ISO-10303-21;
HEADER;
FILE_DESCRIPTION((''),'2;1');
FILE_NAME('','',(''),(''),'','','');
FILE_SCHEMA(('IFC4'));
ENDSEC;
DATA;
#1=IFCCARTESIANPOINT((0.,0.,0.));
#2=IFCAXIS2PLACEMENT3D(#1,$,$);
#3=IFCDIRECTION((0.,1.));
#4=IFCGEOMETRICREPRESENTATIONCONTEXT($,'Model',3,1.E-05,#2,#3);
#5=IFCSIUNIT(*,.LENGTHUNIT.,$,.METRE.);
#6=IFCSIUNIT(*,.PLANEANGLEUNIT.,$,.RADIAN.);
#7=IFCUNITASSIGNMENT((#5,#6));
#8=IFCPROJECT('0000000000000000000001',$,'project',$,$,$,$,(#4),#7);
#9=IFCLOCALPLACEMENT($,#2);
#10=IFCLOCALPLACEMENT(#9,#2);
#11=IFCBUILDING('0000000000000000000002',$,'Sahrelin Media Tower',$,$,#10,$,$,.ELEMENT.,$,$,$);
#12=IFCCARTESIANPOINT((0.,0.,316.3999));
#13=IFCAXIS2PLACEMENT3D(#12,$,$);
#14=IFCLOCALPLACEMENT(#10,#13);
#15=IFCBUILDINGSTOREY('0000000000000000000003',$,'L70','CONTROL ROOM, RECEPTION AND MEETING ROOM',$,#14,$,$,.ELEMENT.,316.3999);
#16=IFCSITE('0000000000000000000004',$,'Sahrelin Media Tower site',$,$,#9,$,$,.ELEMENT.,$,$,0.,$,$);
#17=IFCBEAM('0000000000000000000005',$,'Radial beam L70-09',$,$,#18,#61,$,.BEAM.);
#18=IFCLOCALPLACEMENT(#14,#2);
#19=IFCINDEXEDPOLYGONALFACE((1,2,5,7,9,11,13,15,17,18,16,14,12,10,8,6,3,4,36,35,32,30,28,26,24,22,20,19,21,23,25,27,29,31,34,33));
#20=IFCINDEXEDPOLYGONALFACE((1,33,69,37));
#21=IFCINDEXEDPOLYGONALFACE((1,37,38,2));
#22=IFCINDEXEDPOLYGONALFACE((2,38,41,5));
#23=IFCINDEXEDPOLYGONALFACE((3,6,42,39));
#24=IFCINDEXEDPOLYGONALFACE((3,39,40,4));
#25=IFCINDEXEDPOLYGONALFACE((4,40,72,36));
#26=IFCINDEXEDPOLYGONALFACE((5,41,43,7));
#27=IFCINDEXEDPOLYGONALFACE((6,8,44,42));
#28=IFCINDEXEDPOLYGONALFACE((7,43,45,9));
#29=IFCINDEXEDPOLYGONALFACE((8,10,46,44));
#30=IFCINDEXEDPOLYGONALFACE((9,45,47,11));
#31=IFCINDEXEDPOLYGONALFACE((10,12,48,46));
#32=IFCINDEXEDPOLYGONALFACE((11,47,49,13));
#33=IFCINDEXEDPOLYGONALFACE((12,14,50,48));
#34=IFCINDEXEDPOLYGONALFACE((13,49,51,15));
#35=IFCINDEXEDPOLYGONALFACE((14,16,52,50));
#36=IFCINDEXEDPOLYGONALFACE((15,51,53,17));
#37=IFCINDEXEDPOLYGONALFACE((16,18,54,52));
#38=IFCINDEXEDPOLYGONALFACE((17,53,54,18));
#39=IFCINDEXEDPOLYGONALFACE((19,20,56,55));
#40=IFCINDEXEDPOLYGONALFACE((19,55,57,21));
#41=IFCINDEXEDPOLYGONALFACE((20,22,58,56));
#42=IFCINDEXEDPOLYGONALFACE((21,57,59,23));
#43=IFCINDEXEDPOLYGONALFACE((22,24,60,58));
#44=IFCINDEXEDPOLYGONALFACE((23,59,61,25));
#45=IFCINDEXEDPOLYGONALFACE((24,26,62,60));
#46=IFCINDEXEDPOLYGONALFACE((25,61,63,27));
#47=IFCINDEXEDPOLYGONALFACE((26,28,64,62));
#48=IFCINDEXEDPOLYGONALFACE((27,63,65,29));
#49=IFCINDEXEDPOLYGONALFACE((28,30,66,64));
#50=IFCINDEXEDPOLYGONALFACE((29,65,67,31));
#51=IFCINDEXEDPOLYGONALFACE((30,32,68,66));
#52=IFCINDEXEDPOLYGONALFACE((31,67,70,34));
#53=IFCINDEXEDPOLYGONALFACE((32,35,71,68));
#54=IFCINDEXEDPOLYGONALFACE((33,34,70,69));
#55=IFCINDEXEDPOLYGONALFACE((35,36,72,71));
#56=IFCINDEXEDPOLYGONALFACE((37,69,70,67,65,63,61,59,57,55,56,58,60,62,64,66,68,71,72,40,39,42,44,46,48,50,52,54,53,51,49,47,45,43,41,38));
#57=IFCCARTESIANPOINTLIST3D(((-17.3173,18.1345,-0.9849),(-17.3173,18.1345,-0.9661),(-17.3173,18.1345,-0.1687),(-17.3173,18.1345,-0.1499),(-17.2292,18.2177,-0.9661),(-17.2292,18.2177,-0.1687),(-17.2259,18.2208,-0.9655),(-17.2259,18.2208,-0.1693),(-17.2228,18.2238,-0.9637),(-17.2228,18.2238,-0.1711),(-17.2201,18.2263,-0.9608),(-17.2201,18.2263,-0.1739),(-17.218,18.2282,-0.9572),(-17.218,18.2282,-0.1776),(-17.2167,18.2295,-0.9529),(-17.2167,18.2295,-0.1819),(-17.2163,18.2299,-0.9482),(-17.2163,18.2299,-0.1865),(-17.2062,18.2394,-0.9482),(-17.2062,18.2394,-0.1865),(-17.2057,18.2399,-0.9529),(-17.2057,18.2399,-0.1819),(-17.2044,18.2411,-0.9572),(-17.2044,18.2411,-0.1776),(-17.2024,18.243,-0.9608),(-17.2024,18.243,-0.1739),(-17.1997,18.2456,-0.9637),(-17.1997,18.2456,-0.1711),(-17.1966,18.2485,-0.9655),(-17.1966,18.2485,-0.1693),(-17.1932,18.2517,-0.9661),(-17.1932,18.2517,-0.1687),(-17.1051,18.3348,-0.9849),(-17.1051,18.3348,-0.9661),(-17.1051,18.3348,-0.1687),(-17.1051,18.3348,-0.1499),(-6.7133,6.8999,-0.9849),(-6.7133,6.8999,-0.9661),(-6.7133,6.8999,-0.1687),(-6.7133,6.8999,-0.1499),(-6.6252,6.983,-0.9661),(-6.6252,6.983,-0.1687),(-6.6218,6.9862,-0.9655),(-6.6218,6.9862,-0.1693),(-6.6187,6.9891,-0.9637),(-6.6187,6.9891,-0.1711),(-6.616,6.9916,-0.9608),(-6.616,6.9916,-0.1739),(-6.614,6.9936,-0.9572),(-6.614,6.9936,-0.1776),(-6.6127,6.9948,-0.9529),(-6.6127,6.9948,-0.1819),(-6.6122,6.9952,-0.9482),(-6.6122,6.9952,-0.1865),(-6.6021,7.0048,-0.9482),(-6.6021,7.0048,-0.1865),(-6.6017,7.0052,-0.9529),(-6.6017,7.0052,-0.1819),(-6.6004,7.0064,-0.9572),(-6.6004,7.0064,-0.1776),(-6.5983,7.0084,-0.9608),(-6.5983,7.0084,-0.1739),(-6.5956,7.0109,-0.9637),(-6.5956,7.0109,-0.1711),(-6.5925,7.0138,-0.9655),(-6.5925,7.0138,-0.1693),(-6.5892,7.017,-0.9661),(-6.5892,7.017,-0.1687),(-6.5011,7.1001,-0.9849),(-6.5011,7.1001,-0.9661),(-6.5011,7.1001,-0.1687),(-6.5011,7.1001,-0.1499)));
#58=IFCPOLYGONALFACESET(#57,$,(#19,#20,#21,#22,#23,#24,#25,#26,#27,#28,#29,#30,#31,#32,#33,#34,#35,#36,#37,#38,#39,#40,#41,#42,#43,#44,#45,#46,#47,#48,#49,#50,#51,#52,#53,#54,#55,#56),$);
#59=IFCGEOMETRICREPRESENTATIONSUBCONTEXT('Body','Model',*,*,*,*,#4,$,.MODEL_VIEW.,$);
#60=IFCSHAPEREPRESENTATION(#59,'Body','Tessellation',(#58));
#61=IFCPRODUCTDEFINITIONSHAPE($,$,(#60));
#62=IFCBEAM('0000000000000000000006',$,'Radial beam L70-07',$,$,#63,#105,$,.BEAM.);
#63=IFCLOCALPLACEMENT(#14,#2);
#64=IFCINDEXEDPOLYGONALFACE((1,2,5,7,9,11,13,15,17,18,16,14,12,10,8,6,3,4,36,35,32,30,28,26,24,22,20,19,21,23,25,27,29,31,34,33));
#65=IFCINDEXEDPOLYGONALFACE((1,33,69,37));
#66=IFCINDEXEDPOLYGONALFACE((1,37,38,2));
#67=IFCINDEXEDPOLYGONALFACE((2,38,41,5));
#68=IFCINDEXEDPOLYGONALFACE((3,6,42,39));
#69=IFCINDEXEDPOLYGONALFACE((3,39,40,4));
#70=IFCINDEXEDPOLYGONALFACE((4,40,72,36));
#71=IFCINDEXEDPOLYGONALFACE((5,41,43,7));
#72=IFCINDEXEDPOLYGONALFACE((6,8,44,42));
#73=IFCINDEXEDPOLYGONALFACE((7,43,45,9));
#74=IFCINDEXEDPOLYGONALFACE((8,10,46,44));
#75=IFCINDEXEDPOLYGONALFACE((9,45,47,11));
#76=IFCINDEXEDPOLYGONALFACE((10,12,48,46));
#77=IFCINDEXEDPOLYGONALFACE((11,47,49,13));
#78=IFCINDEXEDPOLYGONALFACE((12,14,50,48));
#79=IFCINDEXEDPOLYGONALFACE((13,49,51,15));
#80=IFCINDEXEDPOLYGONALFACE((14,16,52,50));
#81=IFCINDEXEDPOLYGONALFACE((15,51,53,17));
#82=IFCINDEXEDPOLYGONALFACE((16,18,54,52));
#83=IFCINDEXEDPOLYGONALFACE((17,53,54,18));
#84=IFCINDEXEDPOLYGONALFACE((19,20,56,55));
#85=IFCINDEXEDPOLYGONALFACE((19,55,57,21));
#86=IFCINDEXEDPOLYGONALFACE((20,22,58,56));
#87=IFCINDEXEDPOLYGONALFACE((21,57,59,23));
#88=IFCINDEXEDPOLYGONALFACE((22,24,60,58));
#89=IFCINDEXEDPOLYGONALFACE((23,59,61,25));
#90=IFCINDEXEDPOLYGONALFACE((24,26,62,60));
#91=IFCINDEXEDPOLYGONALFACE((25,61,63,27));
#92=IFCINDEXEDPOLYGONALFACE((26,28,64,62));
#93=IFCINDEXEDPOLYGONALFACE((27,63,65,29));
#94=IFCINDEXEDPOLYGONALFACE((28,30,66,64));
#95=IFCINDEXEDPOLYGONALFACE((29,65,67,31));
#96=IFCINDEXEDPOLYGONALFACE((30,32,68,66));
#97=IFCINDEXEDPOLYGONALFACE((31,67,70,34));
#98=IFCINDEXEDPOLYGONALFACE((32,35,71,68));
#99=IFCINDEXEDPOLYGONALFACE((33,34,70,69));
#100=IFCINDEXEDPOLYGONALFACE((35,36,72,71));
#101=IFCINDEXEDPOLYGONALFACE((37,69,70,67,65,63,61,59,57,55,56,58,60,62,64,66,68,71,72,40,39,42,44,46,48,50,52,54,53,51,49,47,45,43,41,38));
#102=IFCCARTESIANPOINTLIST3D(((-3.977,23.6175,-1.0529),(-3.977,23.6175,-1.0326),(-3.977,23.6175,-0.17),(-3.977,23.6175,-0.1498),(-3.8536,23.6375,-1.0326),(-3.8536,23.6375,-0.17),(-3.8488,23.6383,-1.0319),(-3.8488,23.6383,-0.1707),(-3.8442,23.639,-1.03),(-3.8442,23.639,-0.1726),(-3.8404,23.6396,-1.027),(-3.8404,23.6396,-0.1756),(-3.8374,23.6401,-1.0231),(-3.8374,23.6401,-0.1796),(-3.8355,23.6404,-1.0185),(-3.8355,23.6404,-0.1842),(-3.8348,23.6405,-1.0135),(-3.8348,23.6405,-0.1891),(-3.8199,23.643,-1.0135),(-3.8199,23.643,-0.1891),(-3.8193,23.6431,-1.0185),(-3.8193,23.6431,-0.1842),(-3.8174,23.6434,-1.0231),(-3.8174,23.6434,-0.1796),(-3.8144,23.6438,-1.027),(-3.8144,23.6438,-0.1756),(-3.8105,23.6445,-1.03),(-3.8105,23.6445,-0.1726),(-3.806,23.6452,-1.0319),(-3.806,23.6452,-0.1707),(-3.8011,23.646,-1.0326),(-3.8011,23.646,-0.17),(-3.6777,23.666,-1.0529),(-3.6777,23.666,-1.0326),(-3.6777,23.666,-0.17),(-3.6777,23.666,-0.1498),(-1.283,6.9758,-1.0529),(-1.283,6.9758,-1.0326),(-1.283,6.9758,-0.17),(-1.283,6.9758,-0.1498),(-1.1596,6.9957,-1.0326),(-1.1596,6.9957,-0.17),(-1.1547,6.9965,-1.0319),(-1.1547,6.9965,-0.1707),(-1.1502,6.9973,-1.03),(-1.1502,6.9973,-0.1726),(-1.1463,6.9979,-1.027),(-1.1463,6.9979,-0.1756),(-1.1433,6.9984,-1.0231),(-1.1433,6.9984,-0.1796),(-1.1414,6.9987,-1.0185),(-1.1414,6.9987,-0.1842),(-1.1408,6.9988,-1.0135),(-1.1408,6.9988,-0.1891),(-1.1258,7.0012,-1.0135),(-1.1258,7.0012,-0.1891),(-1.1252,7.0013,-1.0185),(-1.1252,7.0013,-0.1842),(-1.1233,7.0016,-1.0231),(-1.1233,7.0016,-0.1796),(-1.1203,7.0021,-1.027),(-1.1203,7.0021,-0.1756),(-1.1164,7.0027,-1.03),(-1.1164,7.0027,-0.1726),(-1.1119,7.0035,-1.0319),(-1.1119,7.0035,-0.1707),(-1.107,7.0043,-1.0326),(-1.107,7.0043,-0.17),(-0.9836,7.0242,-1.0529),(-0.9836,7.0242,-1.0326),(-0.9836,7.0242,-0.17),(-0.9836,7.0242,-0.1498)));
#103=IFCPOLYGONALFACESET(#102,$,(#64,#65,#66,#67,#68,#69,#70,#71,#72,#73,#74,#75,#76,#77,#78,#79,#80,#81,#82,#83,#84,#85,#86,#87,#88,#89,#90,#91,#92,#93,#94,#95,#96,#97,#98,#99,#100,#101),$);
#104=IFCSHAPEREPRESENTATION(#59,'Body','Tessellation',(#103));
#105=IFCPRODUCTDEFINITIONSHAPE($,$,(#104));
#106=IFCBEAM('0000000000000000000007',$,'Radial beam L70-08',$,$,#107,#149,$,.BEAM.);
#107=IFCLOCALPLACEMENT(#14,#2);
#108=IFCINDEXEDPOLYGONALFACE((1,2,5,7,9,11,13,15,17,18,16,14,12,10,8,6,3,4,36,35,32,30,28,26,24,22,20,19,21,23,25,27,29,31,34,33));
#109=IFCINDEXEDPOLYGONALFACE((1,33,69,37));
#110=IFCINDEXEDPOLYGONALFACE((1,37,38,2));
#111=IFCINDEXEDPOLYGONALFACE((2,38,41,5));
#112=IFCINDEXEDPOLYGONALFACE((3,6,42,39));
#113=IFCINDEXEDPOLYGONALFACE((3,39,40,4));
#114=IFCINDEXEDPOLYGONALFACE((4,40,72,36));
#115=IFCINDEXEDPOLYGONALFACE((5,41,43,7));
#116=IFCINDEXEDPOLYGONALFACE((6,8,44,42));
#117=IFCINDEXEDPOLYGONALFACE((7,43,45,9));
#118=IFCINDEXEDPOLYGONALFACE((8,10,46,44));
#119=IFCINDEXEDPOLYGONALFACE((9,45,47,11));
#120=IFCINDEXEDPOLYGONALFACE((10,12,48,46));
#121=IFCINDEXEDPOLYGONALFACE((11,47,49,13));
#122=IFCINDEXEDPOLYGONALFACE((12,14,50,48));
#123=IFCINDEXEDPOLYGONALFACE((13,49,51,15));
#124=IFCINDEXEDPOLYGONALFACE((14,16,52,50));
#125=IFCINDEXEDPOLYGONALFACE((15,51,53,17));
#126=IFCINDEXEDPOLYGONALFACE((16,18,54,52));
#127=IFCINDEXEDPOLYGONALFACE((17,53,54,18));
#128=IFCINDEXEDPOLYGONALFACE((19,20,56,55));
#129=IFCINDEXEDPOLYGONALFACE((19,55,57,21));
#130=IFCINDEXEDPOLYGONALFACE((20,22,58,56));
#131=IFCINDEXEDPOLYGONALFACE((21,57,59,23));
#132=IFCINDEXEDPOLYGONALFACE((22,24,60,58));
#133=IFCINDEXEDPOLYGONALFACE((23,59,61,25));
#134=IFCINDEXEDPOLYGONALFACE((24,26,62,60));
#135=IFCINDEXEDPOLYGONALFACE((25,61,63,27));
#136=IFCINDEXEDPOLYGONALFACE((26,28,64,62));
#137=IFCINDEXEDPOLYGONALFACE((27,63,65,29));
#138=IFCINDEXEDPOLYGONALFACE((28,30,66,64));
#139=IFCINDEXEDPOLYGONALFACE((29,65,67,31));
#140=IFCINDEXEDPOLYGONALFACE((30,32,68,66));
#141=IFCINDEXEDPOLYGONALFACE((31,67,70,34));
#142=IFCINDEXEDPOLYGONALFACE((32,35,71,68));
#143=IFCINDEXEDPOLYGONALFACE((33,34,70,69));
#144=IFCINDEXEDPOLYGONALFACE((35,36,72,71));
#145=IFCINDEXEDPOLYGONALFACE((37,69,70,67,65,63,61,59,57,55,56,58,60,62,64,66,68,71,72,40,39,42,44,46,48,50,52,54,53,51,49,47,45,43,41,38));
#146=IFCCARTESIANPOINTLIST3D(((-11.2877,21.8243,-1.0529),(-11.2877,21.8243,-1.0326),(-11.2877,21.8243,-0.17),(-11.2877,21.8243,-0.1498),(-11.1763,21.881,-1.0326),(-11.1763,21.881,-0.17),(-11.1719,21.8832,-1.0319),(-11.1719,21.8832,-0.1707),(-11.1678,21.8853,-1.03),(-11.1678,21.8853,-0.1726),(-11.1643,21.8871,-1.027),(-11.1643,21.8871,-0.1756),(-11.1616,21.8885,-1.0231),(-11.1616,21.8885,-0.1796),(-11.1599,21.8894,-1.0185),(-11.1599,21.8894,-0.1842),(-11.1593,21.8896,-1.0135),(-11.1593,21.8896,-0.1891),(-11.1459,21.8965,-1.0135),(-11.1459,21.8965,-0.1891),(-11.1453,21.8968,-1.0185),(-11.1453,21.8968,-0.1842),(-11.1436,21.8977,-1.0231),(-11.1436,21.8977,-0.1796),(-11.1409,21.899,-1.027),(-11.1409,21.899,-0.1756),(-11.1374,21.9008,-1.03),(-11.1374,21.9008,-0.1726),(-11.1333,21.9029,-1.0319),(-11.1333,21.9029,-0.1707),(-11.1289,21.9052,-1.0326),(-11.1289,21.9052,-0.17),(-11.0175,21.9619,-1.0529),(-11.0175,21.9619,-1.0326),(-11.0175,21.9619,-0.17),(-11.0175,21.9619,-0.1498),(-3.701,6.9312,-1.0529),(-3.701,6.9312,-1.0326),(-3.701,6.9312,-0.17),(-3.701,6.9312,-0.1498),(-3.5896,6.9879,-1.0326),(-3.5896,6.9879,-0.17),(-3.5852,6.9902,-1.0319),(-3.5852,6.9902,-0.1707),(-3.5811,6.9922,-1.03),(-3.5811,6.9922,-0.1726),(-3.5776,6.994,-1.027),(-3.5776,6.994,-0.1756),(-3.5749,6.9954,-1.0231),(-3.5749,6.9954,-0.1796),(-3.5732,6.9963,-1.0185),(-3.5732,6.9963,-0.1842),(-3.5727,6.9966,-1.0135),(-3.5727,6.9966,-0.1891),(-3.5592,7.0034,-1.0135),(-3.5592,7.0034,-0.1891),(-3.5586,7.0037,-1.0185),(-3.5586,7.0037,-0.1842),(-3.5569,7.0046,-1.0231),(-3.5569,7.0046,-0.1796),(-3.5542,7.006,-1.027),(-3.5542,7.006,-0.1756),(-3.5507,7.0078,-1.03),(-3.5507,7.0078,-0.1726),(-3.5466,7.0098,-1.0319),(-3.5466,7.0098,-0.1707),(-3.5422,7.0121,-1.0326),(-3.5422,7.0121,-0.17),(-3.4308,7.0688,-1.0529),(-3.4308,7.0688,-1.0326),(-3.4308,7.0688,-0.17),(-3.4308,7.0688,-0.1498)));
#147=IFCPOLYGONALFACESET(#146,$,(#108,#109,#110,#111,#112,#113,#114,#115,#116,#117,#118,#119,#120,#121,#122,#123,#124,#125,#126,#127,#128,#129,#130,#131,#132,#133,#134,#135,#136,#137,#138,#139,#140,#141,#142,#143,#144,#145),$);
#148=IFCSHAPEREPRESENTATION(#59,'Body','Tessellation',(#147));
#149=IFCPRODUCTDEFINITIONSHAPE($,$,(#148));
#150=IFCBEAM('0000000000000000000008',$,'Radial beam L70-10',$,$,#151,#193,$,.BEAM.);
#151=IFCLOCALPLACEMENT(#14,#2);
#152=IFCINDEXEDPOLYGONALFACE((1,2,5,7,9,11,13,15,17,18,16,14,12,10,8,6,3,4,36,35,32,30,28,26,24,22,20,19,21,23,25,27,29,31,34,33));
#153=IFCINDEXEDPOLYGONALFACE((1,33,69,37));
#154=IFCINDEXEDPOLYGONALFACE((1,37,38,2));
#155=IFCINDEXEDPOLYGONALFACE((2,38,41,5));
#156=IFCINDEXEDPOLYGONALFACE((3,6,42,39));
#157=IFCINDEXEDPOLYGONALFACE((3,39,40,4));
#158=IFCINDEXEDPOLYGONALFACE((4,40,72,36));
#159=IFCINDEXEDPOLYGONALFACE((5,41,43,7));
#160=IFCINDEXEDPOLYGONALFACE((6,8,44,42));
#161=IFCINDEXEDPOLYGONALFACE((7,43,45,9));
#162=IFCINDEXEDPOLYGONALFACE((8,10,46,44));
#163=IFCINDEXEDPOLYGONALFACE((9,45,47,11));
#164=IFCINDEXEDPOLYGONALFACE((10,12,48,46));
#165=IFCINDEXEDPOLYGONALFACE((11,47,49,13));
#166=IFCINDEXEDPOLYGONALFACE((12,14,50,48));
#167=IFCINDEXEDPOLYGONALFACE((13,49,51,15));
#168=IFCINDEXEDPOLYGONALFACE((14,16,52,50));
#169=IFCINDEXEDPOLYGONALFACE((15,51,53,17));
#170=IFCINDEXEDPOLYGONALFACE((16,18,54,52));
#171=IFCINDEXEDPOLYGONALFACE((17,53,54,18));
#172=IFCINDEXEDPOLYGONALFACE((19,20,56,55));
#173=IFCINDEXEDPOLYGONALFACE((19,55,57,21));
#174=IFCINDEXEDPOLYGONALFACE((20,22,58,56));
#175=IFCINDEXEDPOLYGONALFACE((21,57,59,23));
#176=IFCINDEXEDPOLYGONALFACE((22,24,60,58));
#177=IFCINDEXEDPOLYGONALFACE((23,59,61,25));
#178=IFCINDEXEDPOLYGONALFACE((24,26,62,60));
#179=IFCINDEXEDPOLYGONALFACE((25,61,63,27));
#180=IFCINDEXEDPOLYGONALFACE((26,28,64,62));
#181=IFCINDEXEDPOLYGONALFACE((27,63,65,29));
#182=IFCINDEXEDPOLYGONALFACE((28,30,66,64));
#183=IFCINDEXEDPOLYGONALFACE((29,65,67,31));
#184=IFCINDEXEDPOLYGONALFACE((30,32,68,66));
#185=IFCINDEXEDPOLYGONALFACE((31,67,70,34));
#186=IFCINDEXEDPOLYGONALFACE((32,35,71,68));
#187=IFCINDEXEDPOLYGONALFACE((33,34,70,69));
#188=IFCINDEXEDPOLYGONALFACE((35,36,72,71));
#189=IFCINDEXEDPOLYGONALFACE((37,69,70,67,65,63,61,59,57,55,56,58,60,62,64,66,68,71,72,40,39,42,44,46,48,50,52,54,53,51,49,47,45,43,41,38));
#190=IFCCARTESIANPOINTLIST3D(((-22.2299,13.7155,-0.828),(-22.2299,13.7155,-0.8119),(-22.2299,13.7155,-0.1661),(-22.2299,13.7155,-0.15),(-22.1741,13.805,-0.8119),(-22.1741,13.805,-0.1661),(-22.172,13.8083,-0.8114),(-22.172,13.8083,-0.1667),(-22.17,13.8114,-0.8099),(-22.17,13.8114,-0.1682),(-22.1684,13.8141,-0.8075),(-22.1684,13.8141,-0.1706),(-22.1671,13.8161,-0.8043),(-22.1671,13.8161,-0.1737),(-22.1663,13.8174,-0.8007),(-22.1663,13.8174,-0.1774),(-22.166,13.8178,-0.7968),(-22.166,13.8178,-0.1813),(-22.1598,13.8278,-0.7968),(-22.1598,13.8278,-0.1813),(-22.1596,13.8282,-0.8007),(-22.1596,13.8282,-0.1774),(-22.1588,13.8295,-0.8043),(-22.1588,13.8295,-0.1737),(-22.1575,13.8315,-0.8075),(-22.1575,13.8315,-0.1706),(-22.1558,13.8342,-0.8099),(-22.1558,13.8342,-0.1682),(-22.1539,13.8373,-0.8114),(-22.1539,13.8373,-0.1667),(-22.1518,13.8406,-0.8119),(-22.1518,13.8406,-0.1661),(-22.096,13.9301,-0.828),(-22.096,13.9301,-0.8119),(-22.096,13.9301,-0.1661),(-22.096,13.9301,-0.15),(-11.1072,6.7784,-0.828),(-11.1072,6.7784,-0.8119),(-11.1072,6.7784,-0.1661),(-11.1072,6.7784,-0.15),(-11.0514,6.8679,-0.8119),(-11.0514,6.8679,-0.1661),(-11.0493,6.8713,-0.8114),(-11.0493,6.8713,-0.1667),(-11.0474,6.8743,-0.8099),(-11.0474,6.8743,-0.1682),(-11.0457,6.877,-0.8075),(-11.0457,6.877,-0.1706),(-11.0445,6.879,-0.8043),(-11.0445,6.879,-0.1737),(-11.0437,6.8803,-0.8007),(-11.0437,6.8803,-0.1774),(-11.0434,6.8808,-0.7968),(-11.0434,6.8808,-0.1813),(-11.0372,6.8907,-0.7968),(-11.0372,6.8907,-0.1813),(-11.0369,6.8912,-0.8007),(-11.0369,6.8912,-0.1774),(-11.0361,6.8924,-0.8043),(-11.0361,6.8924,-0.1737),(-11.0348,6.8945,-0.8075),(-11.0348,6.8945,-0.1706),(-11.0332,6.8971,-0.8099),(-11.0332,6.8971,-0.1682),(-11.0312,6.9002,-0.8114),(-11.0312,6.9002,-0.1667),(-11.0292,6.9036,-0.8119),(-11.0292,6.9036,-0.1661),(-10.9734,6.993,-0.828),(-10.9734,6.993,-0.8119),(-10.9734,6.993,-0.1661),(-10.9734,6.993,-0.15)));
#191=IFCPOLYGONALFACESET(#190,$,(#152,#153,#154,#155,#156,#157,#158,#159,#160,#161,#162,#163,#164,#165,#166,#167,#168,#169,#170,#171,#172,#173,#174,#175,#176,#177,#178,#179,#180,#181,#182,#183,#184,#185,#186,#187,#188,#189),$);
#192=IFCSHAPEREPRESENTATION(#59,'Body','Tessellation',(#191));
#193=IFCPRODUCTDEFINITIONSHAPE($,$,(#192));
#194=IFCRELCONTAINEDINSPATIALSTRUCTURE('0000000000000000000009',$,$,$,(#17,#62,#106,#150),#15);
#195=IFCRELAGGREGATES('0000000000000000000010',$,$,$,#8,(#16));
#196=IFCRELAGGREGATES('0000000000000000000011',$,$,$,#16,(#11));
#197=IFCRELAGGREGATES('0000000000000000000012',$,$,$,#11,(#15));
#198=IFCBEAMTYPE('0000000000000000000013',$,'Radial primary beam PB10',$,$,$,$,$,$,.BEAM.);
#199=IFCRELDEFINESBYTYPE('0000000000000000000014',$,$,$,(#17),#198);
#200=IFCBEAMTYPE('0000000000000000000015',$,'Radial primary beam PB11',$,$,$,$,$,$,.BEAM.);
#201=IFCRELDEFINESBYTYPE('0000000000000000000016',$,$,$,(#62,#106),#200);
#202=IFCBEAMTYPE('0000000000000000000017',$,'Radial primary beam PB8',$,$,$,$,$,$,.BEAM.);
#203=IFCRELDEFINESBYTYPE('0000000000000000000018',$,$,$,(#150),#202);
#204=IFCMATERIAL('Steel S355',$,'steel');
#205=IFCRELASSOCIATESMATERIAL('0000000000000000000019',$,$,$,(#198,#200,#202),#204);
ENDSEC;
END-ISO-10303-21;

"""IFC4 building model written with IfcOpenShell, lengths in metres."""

from ifc_helpers import new_model, si_unit, direction, frame, origin, origin_2d, place, context, subcontext, project, spatial, i_section, extrude, material, material_profile, profile_set, type_object, element, save


model = new_model("IFC4")

# Units and contexts
model_context = context("Model", 3, precision=1e-05, world=origin(), true_north=direction((0.0, 1.0)))
body_context = subcontext(model_context, "Body", "Model", "MODEL_VIEW")
ifc_project = project(units=[si_unit("LENGTHUNIT", "METRE"), si_unit("PLANEANGLEUNIT", "RADIAN")], contexts=[model_context])

# Site, building, storey
site_placement = place(None, origin())
site = spatial("IfcSite", under=ifc_project, at=site_placement, Name="Sahrelin Media Tower site", CompositionType="ELEMENT", RefElevation=0.0)
building_placement = place(site_placement, origin())
building = spatial("IfcBuilding", under=site, at=building_placement, Name="Sahrelin Media Tower", CompositionType="ELEMENT")
storey_placement = place(building_placement, frame((0.0, 0.0, 316.3999)))
storey = spatial("IfcBuildingStorey", under=building, at=storey_placement, Name="L70", Description="CONTROL ROOM, RECEPTION AND MEETING ROOM", CompositionType="ELEMENT", Elevation=316.3999)

# Shared definitions
ifc_material_1 = material(Name="Steel S355", Category="steel")

# Beams
ifc_material_profile_1 = material_profile(ifc_material_1, i_section(OverallWidth=0.2917, OverallDepth=0.835, WebThickness=0.0139, FlangeThickness=0.0188, FilletRadius=0.0178, at=origin_2d()), Name="UB 838x292x176")
ifc_profile_set_1 = profile_set([ifc_material_profile_1], Name="Steel S355")
beam_type_1 = type_object("IfcBeamType", Name="Radial primary beam PB10", PredefinedType="BEAM", material=ifc_profile_set_1)
beam_1_placement = place(storey_placement, frame((-6.6072, 7.0, -0.5674), z_axis=(-0.686402, 0.727222, 0.0), x_axis=(-0.727222, -0.686402, 0.0)))
element("IfcBeam", 1, at=beam_1_placement, inside=storey, type_object=beam_type_1, Name="Radial beam L70-09", PredefinedType="BEAM", context=body_context, shape_type="SweptSolid", body=[
    extrude(i_section(OverallWidth=0.2917, OverallDepth=0.835, WebThickness=0.0139, FlangeThickness=0.0188, FilletRadius=0.0178, at=origin_2d()), origin(), (0.0, 0.0, 1.0), 15.4487),
])
ifc_material_profile_2 = material_profile(ifc_material_1, i_section(OverallWidth=0.3032, OverallDepth=0.9031, WebThickness=0.0151, FlangeThickness=0.0203, FilletRadius=0.019, at=origin_2d()), Name="UB 914x305x201")
ifc_profile_set_2 = profile_set([ifc_material_profile_2], Name="Steel S355")
beam_type_2 = type_object("IfcBeamType", Name="Radial primary beam PB11", PredefinedType="BEAM", material=ifc_profile_set_2)
beam_2_placement = place(storey_placement, frame((-1.1333, 7.0, -0.6013), z_axis=(-0.159806, 0.987148, 0.0), x_axis=(-0.987148, -0.159806, 0.0)))
element("IfcBeam", 2, at=beam_2_placement, inside=storey, type_object=beam_type_2, Name="Radial beam L70-07", PredefinedType="BEAM", context=body_context, shape_type="SweptSolid", body=[
    extrude(i_section(OverallWidth=0.3032, OverallDepth=0.9031, WebThickness=0.0151, FlangeThickness=0.0203, FilletRadius=0.019, at=origin_2d()), origin(), (0.0, 0.0, 1.0), 16.8584),
])
beam_3_placement = place(storey_placement, frame((-3.5659, 7.0, -0.6013), z_axis=(-0.453908, 0.891048, 0.0), x_axis=(-0.891048, -0.453908, 0.0)))
element("IfcBeam", 3, at=beam_3_placement, inside=storey, type_object=beam_type_2, Name="Radial beam L70-08", PredefinedType="BEAM", context=body_context, shape_type="SweptSolid", body=[
    extrude(i_section(OverallWidth=0.3032, OverallDepth=0.9031, WebThickness=0.0151, FlangeThickness=0.0203, FilletRadius=0.019, at=origin_2d()), origin(), (0.0, 0.0, 1.0), 16.7141),
])
ifc_material_profile_3 = material_profile(ifc_material_1, i_section(OverallWidth=0.2529, OverallDepth=0.678, WebThickness=0.0117, FlangeThickness=0.0161, FilletRadius=0.0151, at=origin_2d()), Name="UB 686x254x125")
ifc_profile_set_3 = profile_set([ifc_material_profile_3], Name="Steel S355")
beam_type_3 = type_object("IfcBeamType", Name="Radial primary beam PB8", PredefinedType="BEAM", material=ifc_profile_set_3)
beam_4_placement = place(storey_placement, frame((-11.0403, 6.8857, -0.489), z_axis=(-0.848498, 0.529198, 0.0), x_axis=(-0.529198, -0.848498, 0.0)))
element("IfcBeam", 4, at=beam_4_placement, inside=storey, type_object=beam_type_3, Name="Radial beam L70-10", PredefinedType="BEAM", context=body_context, shape_type="SweptSolid", body=[
    extrude(i_section(OverallWidth=0.2529, OverallDepth=0.678, WebThickness=0.0117, FlangeThickness=0.0161, FilletRadius=0.0151, at=origin_2d()), origin(), (0.0, 0.0, 1.0), 13.1086),
])

save(model, "model.ifc")
